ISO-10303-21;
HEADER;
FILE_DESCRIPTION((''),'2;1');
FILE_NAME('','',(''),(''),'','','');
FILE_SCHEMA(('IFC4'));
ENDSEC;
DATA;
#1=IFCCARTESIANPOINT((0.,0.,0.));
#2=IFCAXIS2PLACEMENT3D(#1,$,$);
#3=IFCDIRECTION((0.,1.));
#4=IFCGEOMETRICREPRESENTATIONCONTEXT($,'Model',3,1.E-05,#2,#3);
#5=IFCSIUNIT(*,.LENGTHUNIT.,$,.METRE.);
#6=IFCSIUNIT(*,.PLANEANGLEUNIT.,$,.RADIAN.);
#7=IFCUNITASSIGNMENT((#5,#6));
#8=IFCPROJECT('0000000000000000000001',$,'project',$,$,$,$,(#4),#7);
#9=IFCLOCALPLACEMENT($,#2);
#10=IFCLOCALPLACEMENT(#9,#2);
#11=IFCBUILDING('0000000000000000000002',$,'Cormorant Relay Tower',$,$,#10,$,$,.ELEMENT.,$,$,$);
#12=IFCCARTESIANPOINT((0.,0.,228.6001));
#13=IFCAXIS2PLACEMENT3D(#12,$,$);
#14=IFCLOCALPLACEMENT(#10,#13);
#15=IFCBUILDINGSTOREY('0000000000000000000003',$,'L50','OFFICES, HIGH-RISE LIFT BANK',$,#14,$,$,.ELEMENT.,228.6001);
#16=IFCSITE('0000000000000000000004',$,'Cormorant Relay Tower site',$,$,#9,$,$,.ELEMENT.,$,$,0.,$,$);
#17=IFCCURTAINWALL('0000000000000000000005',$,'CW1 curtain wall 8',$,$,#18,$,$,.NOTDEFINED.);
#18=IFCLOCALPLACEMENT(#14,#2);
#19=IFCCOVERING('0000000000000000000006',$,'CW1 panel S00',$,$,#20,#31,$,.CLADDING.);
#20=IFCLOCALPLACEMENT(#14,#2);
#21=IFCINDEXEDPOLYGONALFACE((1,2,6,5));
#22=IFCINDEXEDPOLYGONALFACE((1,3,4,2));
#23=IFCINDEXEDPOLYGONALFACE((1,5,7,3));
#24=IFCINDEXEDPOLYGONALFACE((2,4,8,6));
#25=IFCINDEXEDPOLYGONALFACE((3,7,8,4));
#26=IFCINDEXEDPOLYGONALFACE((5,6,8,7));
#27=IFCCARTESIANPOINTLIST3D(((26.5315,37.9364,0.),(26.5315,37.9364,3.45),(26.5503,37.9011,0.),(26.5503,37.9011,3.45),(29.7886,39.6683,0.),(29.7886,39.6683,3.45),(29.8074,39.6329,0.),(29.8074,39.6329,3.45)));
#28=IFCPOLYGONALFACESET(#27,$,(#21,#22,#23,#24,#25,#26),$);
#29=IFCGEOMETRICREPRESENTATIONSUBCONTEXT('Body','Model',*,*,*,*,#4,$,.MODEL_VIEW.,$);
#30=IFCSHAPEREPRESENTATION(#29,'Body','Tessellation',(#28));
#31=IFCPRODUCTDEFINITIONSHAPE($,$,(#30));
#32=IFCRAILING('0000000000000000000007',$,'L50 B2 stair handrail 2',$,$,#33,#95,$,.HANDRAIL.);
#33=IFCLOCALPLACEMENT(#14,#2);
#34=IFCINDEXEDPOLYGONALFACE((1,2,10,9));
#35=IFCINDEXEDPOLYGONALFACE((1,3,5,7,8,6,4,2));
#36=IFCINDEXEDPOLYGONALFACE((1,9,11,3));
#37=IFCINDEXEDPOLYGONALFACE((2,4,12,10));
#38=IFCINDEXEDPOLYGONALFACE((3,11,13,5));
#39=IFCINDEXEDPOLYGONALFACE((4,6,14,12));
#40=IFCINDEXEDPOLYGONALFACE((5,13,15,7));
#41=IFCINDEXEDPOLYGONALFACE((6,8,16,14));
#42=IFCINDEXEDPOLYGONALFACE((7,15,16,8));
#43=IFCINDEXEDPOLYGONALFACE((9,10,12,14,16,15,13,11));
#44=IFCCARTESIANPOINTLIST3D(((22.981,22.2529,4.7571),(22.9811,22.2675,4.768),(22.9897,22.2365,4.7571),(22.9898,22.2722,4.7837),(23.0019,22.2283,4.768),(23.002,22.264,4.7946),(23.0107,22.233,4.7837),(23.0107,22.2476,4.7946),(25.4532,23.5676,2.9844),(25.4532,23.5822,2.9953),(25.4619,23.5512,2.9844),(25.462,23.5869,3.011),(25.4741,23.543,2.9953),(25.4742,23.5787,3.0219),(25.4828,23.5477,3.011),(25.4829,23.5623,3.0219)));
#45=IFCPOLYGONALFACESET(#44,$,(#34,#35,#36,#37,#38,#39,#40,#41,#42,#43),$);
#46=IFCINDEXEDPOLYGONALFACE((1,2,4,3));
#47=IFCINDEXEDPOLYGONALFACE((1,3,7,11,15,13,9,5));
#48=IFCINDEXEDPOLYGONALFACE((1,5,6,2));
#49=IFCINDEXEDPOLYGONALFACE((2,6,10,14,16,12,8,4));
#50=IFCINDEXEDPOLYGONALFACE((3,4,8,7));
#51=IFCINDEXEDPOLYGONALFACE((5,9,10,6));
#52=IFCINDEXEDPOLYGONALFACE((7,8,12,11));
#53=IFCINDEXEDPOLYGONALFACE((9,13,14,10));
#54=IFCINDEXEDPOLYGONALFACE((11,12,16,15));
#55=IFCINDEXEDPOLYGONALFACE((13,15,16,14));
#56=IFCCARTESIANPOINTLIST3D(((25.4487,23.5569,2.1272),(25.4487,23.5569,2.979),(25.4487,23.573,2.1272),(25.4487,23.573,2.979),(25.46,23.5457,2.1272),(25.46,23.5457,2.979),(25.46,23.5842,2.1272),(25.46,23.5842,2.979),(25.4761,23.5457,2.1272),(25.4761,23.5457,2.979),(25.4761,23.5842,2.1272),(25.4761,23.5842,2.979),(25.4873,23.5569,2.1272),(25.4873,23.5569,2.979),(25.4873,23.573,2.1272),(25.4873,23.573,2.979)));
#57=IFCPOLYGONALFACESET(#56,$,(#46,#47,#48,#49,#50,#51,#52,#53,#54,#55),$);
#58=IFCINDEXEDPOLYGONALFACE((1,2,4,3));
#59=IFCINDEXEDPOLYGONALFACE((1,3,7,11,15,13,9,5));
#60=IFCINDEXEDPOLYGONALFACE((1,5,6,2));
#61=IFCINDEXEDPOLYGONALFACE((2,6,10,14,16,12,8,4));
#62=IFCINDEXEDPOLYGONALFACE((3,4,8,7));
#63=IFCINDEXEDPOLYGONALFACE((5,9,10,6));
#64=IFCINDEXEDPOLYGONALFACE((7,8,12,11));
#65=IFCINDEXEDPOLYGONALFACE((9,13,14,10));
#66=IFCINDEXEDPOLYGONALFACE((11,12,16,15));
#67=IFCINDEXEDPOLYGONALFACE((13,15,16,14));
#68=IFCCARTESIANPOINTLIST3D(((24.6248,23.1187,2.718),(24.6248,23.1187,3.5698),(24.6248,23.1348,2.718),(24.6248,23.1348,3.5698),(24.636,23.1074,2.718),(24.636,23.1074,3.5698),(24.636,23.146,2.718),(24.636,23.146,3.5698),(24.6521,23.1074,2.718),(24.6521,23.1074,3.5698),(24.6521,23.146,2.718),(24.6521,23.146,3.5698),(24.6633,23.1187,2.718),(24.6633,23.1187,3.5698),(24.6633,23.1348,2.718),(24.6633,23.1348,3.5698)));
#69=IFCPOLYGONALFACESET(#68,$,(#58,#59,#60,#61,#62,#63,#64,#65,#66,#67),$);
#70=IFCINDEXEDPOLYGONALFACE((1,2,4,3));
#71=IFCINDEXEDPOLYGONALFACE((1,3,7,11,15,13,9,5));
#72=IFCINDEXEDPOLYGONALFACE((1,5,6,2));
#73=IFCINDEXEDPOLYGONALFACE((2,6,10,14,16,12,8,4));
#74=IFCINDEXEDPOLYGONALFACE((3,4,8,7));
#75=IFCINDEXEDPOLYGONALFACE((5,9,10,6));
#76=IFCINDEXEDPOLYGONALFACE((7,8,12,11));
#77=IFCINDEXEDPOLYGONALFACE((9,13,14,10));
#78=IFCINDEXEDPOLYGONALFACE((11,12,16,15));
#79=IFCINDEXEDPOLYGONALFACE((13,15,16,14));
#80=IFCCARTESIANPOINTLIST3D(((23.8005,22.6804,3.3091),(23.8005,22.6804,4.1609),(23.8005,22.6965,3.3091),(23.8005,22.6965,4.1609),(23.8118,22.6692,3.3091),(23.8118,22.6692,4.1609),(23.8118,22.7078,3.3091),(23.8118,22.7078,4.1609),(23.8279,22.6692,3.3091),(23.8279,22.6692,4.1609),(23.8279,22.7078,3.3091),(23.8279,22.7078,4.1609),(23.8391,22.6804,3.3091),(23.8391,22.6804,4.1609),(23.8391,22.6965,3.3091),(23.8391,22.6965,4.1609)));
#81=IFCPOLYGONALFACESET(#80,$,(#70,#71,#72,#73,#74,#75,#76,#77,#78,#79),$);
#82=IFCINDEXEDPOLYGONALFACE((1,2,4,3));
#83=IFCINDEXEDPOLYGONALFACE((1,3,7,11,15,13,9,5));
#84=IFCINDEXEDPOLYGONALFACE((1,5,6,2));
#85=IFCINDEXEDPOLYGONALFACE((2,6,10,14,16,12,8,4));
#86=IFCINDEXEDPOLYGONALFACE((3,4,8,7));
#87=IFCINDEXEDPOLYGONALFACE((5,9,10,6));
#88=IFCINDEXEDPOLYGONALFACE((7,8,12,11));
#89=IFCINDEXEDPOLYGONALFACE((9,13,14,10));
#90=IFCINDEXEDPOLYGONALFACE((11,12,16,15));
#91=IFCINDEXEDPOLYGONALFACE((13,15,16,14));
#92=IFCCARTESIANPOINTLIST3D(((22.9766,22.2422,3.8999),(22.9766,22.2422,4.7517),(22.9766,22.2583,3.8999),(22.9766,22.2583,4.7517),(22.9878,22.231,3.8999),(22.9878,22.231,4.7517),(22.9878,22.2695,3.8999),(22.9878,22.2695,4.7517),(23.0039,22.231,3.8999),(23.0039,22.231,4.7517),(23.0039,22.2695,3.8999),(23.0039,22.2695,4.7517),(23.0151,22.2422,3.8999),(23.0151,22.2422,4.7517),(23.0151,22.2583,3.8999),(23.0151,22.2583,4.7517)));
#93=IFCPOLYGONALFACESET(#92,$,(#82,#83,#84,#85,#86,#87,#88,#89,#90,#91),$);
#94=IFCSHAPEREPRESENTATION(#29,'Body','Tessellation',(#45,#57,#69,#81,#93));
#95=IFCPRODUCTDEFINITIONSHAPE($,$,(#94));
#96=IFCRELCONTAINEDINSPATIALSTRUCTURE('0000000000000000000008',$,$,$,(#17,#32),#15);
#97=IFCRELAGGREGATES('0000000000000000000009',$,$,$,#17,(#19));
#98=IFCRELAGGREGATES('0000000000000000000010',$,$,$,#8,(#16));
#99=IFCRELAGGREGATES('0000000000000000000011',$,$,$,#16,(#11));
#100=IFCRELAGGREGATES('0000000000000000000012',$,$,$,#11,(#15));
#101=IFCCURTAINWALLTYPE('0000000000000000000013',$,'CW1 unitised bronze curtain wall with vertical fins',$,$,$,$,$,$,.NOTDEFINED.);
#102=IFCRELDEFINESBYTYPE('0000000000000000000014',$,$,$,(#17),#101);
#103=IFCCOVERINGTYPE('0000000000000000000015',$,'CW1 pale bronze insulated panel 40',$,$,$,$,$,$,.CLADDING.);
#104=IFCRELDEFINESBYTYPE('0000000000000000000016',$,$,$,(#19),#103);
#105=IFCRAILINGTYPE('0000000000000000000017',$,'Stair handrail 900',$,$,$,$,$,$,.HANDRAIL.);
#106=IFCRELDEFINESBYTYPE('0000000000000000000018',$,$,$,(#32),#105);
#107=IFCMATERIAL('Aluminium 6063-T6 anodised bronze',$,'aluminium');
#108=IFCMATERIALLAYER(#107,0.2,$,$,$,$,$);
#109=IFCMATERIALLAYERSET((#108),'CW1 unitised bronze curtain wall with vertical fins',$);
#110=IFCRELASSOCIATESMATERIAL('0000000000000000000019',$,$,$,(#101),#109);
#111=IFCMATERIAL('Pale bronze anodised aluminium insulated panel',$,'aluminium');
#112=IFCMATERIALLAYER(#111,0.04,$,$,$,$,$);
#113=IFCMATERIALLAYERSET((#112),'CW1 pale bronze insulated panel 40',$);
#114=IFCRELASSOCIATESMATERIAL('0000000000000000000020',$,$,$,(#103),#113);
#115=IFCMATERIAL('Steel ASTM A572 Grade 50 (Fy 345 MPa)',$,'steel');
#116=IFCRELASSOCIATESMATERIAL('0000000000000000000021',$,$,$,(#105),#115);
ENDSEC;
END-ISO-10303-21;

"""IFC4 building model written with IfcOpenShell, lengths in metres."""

from ifc_helpers import new_model, si_unit, direction, frame, origin, origin_2d, place, context, subcontext, project, spatial, polyline, rectangle, outline, extrude, material, layer, layer_set, type_object, element, aggregate, save


model = new_model("IFC4")

# Units and contexts
model_context = context("Model", 3, precision=1e-05, world=origin(), true_north=direction((0.0, 1.0)))
body_context = subcontext(model_context, "Body", "Model", "MODEL_VIEW")
ifc_project = project(units=[si_unit("LENGTHUNIT", "METRE"), si_unit("PLANEANGLEUNIT", "RADIAN")], contexts=[model_context])

# Site, building, storey
site_placement = place(None, origin())
site = spatial("IfcSite", under=ifc_project, at=site_placement, Name="Cormorant Relay Tower site", CompositionType="ELEMENT", RefElevation=0.0)
building_placement = place(site_placement, origin())
building = spatial("IfcBuilding", under=site, at=building_placement, Name="Cormorant Relay Tower", CompositionType="ELEMENT")
storey_placement = place(building_placement, frame((0.0, 0.0, 228.6001)))
storey = spatial("IfcBuildingStorey", under=building, at=storey_placement, Name="L50", Description="OFFICES, HIGH-RISE LIFT BANK", CompositionType="ELEMENT", Elevation=228.6001)

# Shared definitions
ifc_material_1 = material(Name="Aluminium 6063-T6 anodised bronze", Category="aluminium")
ifc_layer_1 = layer(ifc_material_1, 0.2)
ifc_layer_set_1 = layer_set([ifc_layer_1], Name="CW1 unitised bronze curtain wall with vertical fins")
curtain_wall_type = type_object("IfcCurtainWallType", Name="CW1 unitised bronze curtain wall with vertical fins", PredefinedType="NOTDEFINED", material=ifc_layer_set_1)

# Curtain wall
curtain_wall_1_placement = place(storey_placement, origin())
curtain_wall_1 = element("IfcCurtainWall", 1, at=curtain_wall_1_placement, inside=storey, type_object=curtain_wall_type, Name="CW1 curtain wall 8", PredefinedType="NOTDEFINED")

# Covering
ifc_material_2 = material(Name="Pale bronze anodised aluminium insulated panel", Category="aluminium")
ifc_layer_2 = layer(ifc_material_2, 0.04)
ifc_layer_set_2 = layer_set([ifc_layer_2], Name="CW1 pale bronze insulated panel 40")
covering_type = type_object("IfcCoveringType", Name="CW1 pale bronze insulated panel 40", PredefinedType="CLADDING", material=ifc_layer_set_2)
covering_1_placement = place(storey_placement, frame((28.1694, 38.7847, 0.0), z_axis=(0.0, 0.0, 1.0), x_axis=(-0.882948, -0.469472, 0.0)))
covering_1 = element("IfcCovering", 2, at=covering_1_placement, type_object=covering_type, Name="CW1 panel S00", PredefinedType="CLADDING", context=body_context, shape_type="SweptSolid", body=[
    extrude(rectangle(XDim=3.689, YDim=0.04, at=origin_2d()), origin(), (0.0, 0.0, 1.0), 3.45),
])
aggregate(curtain_wall_1, [covering_1])

# Railing
ifc_material_3 = material(Name="Steel ASTM A572 Grade 50 (Fy 345 MPa)", Category="steel")
railing_type = type_object("IfcRailingType", Name="Stair handrail 900", PredefinedType="HANDRAIL", material=ifc_material_3)
railing_placement = place(storey_placement, frame((25.468, 23.5649, 2.1272)))
element("IfcRailing", 3, at=railing_placement, inside=storey, type_object=railing_type, Name="L50 B2 stair handrail 2", PredefinedType="HANDRAIL", context=body_context, shape_type="SweptSolid", body=[
    extrude(outline(polyline([(0.0222, 0.0093), (0.0093, 0.0222), (-0.0093, 0.0222), (-0.0222, 0.0093), (-0.0222, -0.0093), (-0.0093, -0.0222), (0.0093, -0.0222), (0.0222, -0.0093), (0.0222, 0.0093)])), frame((0.0, 0.0, 0.876), z_axis=(-0.745979, -0.396711, 0.534916), x_axis=(0.469533, -0.882915, 0.0)), (0.0, 0.0, 1.0), 3.314),
    extrude(outline(polyline([(0.0193, 0.0081), (0.0081, 0.0193), (-0.0081, 0.0193), (-0.0193, 0.0081), (-0.0193, -0.0081), (-0.0081, -0.0193), (0.0081, -0.0193), (0.0193, -0.0081), (0.0193, 0.0081)])), origin(), (0.0, 0.0, 1.0), 0.8518),
    extrude(outline(polyline([(0.0193, 0.0081), (0.0081, 0.0193), (-0.0081, 0.0193), (-0.0193, 0.0081), (-0.0193, -0.0081), (-0.0081, -0.0193), (0.0081, -0.0193), (0.0193, -0.0081), (0.0193, 0.0081)])), frame((-0.824, -0.4382, 0.5908)), (0.0, 0.0, 1.0), 0.8518),
    extrude(outline(polyline([(0.0193, 0.0081), (0.0081, 0.0193), (-0.0081, 0.0193), (-0.0193, 0.0081), (-0.0193, -0.0081), (-0.0081, -0.0193), (0.0081, -0.0193), (0.0193, -0.0081), (0.0193, 0.0081)])), frame((-1.6482, -0.8765, 1.1819)), (0.0, 0.0, 1.0), 0.8518),
    extrude(outline(polyline([(0.0193, 0.0081), (0.0081, 0.0193), (-0.0081, 0.0193), (-0.0193, 0.0081), (-0.0193, -0.0081), (-0.0081, -0.0193), (0.0081, -0.0193), (0.0193, -0.0081), (0.0193, 0.0081)])), frame((-2.4722, -1.3147, 1.7727)), (0.0, 0.0, 1.0), 0.8518),
])

save(model, "model.ifc")
